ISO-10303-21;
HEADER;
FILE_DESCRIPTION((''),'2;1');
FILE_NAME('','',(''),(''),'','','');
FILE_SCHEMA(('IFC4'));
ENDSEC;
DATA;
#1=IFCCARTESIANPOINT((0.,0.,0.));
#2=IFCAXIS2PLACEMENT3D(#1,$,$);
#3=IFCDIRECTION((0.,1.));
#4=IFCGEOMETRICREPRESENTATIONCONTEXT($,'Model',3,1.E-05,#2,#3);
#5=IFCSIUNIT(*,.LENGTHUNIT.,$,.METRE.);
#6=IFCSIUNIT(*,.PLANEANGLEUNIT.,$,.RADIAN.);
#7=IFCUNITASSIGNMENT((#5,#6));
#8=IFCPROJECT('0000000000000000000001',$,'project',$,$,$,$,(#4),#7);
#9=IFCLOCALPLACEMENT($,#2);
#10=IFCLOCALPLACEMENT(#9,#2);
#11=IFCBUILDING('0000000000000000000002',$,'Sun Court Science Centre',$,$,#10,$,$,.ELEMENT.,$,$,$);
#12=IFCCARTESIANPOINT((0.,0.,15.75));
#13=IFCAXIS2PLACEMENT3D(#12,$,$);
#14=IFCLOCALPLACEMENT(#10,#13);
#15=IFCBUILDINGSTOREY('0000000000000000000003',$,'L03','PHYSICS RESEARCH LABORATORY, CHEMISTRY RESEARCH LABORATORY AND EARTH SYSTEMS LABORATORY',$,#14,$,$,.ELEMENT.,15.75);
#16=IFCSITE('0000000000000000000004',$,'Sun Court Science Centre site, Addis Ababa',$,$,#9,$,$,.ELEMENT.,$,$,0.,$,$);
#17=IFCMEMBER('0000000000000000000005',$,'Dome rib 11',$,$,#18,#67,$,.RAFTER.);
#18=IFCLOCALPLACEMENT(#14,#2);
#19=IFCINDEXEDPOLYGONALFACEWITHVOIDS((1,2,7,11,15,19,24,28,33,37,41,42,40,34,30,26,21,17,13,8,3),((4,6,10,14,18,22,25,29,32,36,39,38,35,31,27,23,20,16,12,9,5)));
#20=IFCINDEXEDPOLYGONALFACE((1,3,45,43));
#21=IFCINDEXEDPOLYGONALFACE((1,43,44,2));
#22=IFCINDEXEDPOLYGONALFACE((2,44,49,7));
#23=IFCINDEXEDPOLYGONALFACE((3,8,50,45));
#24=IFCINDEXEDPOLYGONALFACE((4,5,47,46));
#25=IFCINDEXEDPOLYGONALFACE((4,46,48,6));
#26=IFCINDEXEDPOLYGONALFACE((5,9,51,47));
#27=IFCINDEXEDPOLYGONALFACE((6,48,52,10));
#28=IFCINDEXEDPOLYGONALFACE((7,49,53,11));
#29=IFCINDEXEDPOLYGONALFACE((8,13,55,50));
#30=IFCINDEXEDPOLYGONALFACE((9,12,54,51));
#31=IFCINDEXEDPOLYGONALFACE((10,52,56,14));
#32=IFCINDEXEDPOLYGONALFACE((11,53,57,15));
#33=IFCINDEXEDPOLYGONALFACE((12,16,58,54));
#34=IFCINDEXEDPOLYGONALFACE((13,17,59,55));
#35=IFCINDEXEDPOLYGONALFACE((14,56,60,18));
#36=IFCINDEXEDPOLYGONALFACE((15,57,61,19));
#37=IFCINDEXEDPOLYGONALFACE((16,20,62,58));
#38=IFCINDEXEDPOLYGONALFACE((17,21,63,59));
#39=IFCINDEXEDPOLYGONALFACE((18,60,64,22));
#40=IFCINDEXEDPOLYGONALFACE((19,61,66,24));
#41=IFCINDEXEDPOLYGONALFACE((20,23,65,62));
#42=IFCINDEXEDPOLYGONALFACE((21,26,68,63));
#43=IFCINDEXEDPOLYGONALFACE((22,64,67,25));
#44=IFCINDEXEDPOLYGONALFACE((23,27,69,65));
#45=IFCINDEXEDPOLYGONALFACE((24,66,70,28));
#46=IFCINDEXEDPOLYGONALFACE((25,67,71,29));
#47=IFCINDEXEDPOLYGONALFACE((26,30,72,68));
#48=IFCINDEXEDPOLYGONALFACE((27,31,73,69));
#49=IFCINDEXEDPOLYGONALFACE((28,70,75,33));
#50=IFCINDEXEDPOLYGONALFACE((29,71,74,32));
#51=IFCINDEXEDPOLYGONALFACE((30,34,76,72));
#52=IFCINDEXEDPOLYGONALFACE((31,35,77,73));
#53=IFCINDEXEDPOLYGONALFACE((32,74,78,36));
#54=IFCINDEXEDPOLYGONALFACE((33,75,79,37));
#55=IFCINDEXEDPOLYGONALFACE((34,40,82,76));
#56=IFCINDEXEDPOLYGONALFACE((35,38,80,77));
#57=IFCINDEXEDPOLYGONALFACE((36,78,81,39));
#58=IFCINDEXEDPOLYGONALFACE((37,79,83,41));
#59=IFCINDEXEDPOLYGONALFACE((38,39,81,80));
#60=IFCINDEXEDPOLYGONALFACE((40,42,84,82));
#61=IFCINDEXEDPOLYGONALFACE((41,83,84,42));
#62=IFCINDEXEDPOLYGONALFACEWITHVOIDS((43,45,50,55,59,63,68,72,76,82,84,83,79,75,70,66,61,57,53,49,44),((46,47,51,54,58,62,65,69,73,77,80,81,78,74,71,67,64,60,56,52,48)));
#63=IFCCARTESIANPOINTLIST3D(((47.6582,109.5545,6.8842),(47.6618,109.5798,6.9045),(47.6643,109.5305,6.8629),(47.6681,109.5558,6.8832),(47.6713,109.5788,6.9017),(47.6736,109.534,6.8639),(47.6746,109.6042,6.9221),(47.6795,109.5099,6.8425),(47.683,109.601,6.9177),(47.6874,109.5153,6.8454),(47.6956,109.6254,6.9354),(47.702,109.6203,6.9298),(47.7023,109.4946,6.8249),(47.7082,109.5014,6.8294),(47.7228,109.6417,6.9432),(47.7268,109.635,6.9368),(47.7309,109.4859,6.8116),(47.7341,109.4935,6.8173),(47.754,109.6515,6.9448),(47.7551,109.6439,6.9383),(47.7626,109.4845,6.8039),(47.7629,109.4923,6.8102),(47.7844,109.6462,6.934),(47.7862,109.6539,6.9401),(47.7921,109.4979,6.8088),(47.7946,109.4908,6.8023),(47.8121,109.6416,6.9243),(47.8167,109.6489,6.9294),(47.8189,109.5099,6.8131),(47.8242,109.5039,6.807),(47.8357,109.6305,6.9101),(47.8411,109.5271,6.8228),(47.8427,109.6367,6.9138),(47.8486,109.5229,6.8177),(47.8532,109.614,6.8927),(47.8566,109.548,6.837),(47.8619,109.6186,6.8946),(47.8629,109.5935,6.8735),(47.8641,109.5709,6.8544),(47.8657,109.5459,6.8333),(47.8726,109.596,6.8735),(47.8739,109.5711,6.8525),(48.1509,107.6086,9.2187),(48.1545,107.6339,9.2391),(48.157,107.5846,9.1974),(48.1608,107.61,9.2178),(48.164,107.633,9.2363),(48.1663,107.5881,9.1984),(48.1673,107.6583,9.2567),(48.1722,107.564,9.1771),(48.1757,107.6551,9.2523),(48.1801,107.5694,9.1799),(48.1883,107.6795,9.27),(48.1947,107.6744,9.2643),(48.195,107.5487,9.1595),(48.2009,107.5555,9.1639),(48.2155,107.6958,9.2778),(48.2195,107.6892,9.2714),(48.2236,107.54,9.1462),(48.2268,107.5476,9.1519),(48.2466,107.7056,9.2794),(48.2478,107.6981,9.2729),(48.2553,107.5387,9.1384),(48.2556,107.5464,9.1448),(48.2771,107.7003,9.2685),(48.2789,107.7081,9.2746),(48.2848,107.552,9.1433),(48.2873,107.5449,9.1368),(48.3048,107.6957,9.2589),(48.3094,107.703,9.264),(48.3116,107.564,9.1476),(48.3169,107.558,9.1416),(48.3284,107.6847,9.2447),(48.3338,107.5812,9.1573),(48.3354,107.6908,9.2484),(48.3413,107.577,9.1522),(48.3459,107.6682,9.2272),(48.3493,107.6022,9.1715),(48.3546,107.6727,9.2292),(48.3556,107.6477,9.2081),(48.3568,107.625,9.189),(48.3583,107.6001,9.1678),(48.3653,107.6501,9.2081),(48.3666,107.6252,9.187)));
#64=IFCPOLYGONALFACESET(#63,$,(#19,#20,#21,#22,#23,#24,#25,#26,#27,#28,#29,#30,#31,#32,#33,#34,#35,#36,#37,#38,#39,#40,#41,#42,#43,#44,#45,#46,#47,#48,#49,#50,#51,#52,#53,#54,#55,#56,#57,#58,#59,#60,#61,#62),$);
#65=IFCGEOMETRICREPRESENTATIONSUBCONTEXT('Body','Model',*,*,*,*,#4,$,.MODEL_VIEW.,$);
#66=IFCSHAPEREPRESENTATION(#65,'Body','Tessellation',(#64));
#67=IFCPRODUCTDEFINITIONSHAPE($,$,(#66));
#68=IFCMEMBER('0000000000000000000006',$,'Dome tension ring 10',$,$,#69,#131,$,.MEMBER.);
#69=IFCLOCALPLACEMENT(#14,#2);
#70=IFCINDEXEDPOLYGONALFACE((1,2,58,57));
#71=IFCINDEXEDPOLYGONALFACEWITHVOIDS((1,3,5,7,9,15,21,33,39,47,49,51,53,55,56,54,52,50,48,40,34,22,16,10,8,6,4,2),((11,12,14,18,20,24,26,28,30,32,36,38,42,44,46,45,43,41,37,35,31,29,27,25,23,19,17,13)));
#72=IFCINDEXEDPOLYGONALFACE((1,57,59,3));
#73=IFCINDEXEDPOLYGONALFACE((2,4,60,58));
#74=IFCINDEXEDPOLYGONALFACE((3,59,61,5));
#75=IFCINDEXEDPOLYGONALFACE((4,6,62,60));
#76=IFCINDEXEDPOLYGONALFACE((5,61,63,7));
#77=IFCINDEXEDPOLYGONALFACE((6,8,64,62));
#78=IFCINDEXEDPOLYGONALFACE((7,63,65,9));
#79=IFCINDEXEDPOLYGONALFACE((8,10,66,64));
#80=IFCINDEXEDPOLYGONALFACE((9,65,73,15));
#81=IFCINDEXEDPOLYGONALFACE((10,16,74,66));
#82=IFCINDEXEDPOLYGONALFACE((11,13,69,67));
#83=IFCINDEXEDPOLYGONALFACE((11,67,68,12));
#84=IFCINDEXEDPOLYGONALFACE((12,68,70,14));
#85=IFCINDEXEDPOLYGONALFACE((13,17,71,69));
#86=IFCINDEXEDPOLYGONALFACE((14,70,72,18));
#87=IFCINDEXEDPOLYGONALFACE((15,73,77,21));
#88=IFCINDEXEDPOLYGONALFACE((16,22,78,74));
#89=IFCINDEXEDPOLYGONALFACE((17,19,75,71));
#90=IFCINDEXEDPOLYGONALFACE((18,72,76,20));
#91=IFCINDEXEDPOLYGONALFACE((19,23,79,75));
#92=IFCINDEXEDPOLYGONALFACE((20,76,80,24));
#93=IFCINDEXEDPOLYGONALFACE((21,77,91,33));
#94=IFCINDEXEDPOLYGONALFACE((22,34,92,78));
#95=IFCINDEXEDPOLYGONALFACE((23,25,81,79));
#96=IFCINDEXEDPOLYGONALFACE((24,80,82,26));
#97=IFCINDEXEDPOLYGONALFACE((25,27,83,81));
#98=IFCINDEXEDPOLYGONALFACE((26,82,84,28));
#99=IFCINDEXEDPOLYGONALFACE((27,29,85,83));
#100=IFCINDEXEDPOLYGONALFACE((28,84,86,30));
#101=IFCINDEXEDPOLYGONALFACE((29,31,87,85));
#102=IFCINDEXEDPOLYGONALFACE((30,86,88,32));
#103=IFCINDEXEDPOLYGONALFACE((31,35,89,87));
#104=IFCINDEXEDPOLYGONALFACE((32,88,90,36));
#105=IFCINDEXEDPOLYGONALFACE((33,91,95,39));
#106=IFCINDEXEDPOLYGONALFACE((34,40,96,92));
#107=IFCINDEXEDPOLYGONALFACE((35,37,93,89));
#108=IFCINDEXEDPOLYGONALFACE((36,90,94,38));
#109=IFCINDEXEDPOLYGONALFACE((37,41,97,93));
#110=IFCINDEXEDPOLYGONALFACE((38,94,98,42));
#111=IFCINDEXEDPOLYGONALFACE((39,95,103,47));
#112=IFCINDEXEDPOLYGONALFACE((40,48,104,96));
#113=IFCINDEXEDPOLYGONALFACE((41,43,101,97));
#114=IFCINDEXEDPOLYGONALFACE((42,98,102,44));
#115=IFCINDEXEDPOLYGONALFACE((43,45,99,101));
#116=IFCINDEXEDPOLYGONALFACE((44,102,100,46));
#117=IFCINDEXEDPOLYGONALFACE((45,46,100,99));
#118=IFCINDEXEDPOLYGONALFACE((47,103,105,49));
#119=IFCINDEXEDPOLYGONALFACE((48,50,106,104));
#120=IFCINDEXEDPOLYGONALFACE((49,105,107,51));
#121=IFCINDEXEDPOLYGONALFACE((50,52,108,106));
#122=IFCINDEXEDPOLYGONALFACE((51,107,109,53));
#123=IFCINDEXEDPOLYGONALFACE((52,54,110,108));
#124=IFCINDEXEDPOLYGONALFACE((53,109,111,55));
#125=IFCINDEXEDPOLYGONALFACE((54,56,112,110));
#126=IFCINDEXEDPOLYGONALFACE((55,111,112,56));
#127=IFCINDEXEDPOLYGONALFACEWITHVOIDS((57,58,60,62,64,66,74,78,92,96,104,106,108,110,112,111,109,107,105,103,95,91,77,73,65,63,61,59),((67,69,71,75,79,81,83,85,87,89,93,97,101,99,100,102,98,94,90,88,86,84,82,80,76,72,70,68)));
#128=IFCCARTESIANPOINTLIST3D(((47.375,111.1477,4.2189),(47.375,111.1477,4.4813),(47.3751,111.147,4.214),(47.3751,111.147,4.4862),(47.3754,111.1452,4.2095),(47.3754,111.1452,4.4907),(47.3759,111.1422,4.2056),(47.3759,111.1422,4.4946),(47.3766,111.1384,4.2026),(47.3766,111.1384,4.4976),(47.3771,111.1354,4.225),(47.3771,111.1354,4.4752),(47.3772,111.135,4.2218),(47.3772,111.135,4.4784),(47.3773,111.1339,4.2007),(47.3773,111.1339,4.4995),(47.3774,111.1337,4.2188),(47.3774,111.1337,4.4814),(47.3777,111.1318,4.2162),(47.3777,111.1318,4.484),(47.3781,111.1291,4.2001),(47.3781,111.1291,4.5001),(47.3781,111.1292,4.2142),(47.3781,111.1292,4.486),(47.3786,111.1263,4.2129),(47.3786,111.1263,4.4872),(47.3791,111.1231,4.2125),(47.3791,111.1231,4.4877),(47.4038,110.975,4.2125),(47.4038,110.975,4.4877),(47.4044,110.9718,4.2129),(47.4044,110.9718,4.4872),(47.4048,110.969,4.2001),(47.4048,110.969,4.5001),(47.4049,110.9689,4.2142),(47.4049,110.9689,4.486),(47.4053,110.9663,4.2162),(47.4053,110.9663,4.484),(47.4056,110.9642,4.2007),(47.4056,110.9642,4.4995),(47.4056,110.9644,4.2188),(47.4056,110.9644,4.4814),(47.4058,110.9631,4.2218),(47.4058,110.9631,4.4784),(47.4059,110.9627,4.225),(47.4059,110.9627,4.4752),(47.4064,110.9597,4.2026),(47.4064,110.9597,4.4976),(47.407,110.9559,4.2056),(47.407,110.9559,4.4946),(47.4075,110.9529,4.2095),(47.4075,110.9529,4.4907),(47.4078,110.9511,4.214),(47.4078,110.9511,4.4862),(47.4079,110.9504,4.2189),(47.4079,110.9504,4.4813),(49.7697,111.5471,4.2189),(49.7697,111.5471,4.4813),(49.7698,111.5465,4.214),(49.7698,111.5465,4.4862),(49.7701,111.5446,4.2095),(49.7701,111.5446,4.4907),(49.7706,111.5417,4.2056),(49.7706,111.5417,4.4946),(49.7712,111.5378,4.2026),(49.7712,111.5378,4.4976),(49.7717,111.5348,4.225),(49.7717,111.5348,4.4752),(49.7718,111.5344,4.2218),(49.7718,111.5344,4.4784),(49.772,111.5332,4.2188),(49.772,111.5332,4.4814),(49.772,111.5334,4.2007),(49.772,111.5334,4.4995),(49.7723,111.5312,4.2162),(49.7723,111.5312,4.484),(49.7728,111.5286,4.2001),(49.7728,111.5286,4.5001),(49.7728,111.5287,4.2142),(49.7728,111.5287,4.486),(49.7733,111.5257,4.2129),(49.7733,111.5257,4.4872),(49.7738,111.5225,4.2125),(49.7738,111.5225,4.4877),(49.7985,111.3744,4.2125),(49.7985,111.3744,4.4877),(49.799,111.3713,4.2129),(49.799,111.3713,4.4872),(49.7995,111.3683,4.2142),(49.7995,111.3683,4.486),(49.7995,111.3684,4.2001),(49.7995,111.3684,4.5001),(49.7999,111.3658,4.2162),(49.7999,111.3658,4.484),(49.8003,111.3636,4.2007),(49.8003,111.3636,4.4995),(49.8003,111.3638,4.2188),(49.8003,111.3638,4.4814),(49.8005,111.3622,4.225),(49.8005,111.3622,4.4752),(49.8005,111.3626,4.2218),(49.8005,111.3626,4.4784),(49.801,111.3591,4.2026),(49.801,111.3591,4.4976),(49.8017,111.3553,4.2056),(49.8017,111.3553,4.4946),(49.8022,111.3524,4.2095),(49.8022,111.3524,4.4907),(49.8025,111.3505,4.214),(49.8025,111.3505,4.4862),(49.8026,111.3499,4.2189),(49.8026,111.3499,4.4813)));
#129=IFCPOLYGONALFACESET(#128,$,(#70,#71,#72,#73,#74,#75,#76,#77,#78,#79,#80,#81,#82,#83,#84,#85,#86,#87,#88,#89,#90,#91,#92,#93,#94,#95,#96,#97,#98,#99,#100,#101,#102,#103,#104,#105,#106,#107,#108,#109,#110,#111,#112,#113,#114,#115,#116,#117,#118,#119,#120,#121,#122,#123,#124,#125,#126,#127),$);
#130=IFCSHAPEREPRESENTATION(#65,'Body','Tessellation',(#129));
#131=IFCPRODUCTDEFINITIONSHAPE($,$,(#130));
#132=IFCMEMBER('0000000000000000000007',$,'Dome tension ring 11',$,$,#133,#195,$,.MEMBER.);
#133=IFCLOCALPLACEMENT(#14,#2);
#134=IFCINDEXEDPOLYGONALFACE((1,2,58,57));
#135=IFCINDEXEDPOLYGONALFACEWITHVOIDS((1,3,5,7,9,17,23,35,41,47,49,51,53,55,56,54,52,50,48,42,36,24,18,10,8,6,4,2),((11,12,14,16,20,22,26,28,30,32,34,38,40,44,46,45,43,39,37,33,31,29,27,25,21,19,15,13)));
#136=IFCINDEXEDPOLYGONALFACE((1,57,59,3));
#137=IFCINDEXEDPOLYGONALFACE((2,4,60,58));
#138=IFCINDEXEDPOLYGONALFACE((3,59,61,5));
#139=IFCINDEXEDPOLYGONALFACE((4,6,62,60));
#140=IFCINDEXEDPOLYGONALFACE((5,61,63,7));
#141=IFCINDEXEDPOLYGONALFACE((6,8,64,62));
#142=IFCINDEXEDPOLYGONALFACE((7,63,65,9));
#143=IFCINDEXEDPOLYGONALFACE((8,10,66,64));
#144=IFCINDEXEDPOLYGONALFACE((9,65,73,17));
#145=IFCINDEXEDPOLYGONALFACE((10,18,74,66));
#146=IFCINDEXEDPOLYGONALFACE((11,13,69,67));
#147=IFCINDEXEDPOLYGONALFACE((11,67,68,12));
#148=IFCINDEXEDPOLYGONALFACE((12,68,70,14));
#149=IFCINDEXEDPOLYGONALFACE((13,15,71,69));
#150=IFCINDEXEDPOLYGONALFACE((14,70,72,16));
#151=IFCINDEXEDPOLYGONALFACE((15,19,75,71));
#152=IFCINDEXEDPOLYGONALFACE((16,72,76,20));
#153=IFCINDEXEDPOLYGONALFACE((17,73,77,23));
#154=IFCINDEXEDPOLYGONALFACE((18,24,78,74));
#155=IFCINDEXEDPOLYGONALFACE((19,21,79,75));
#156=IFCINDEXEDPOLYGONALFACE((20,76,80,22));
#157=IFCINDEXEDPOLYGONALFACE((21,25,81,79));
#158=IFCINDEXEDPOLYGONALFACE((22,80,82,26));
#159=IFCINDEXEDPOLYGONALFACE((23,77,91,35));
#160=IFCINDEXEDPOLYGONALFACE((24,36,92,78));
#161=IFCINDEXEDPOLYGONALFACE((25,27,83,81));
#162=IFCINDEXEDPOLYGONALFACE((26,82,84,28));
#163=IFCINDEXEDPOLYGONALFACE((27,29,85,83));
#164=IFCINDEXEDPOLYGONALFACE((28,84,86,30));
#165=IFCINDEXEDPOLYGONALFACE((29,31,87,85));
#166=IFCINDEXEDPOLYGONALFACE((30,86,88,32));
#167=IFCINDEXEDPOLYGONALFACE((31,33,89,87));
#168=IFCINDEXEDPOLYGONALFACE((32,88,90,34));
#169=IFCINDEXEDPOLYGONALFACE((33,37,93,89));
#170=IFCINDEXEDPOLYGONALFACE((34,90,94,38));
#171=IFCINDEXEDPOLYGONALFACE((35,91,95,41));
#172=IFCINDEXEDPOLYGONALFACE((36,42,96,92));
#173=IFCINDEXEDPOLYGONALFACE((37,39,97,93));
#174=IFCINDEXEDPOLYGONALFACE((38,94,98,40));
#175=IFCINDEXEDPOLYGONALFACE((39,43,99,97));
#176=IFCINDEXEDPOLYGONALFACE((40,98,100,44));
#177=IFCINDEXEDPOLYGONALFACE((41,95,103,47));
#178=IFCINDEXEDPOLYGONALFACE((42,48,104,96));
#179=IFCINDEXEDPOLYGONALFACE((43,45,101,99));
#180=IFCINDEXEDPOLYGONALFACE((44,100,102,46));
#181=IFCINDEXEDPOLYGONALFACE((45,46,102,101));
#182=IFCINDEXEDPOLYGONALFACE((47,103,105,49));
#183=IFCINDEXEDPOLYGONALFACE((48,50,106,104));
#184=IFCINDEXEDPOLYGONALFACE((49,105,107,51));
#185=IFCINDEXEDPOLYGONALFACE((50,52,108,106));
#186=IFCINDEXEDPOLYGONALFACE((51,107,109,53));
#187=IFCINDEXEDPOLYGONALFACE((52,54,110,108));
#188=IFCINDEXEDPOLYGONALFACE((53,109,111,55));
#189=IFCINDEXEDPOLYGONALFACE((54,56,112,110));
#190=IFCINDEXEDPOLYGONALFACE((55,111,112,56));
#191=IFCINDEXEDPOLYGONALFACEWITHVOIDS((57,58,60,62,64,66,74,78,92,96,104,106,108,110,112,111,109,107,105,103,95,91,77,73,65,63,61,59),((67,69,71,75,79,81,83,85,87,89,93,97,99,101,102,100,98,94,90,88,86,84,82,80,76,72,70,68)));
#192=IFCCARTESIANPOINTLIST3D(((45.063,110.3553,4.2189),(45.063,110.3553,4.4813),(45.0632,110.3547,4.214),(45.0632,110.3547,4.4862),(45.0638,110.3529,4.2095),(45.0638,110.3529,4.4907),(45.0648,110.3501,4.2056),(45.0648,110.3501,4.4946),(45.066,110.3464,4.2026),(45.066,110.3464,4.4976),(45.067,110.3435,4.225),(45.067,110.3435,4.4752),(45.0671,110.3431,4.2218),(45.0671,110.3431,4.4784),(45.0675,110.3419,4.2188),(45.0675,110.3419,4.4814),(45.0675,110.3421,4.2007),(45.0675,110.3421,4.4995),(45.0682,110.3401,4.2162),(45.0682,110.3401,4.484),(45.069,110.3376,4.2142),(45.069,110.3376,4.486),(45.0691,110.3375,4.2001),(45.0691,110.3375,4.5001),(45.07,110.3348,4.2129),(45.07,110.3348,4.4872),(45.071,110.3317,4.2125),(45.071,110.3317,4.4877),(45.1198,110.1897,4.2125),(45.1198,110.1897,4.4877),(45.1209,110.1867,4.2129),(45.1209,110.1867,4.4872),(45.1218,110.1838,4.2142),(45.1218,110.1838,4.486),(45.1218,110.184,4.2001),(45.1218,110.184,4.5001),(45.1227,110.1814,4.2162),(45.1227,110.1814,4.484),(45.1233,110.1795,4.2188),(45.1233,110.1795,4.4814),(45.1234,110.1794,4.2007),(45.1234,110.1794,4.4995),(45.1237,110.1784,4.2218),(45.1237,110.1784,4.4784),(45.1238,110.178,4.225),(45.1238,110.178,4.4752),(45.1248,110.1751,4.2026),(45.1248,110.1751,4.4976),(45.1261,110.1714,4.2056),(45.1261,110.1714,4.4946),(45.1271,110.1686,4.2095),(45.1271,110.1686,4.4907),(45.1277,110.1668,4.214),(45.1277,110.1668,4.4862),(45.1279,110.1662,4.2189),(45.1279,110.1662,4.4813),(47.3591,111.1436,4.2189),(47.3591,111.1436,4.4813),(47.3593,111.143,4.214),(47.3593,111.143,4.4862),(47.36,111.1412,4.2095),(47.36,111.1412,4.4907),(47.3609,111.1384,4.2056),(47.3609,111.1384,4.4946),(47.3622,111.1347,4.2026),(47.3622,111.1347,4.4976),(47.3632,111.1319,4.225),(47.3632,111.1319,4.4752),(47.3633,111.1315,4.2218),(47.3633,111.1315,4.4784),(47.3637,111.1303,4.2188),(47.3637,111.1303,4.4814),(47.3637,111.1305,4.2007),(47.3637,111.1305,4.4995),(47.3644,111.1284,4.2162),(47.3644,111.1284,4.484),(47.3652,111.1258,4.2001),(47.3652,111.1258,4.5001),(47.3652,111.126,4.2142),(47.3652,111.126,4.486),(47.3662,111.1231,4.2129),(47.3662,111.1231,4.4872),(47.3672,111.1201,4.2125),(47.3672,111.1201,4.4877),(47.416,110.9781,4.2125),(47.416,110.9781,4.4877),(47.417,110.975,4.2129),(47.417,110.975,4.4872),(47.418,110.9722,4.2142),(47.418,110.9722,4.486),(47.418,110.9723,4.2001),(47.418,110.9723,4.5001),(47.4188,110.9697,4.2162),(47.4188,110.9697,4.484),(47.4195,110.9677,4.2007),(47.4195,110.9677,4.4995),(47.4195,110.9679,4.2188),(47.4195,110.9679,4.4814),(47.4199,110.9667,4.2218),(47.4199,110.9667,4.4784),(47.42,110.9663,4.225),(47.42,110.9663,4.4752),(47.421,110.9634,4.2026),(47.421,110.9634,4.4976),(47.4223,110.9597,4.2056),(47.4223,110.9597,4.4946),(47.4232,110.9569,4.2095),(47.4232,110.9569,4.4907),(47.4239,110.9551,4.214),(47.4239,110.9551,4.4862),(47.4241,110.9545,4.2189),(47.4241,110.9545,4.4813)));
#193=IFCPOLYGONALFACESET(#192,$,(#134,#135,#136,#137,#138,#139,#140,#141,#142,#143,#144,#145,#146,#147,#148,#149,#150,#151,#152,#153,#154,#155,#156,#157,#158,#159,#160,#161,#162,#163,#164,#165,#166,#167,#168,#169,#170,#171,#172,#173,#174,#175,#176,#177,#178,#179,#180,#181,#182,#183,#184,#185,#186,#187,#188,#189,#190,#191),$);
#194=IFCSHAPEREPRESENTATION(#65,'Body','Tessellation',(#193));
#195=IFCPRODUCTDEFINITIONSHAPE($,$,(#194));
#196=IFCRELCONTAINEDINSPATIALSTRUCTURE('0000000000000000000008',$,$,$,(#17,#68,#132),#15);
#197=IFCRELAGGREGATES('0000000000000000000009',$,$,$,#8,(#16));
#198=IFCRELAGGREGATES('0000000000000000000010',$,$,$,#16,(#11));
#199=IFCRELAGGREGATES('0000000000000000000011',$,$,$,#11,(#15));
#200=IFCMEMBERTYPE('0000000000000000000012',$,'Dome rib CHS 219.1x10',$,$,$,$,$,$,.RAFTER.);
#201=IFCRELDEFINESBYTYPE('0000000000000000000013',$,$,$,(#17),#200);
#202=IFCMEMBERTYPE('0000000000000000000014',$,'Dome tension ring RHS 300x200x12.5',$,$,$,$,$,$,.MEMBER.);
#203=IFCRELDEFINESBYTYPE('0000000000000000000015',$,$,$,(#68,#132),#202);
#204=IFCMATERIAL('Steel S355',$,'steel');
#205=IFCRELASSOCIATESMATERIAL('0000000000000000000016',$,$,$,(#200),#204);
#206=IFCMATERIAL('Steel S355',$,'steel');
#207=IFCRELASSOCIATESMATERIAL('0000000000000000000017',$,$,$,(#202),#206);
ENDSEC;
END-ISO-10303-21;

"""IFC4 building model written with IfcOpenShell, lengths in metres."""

from ifc_helpers import new_model, si_unit, direction, frame, origin, origin_2d, place, context, subcontext, project, spatial, hollow_rectangle, hollow_circle, extrude, material, material_profile, profile_set, type_object, element, save


model = new_model("IFC4")

# Units and contexts
model_context = context("Model", 3, precision=1e-05, world=origin(), true_north=direction((0.0, 1.0)))
body_context = subcontext(model_context, "Body", "Model", "MODEL_VIEW")
ifc_project = project(units=[si_unit("LENGTHUNIT", "METRE"), si_unit("PLANEANGLEUNIT", "RADIAN")], contexts=[model_context])

# Site, building, storey
site_placement = place(None, origin())
site = spatial("IfcSite", under=ifc_project, at=site_placement, Name="Sun Court Science Centre site, Addis Ababa", CompositionType="ELEMENT", RefElevation=0.0)
building_placement = place(site_placement, origin())
building = spatial("IfcBuilding", under=site, at=building_placement, Name="Sun Court Science Centre", CompositionType="ELEMENT")
storey_placement = place(building_placement, frame((0.0, 0.0, 15.75)))
storey = spatial("IfcBuildingStorey", under=building, at=storey_placement, Name="L03", Description="PHYSICS RESEARCH LABORATORY, CHEMISTRY RESEARCH LABORATORY AND EARTH SYSTEMS LABORATORY", CompositionType="ELEMENT", Elevation=15.75)

# Members
ifc_material_1 = material(Name="Steel S355", Category="steel")
ifc_material_profile_1 = material_profile(ifc_material_1, hollow_circle(Radius=0.1096, WallThickness=0.01, at=origin_2d()), Name="CHS 219.1x10")
ifc_profile_set_1 = profile_set([ifc_material_profile_1], Name="Steel S355")
member_type_1 = type_object("IfcMemberType", Name="Dome rib CHS 219.1x10", PredefinedType="RAFTER", material=ifc_profile_set_1)
member_placement = place(storey_placement, frame((47.7664, 109.5691, 6.8735), z_axis=(0.160025, -0.632012, 0.758256), x_axis=(0.969408, 0.245454, 0.0)))
element("IfcMember", 1, at=member_placement, inside=storey, type_object=member_type_1, Name="Dome rib 11", PredefinedType="RAFTER", context=body_context, shape_type="SweptSolid", body=[
    extrude(hollow_circle(Radius=0.1096, WallThickness=0.01, at=origin_2d()), origin(), (0.0, 0.0, 1.0), 3.0789),
])
ifc_material_2 = material(Name="Steel S355", Category="steel")
ifc_material_profile_2 = material_profile(ifc_material_2, hollow_rectangle(XDim=0.2, YDim=0.3, WallThickness=0.0125, InnerFilletRadius=0.0125, OuterFilletRadius=0.0188, at=origin_2d()), Name="RHS 300x200x12.5")
ifc_profile_set_2 = profile_set([ifc_material_profile_2], Name="Steel S355")
member_type_2 = type_object("IfcMemberType", Name="Dome tension ring RHS 300x200x12.5", PredefinedType="MEMBER", material=ifc_profile_set_2)
for number, where, z_axis, x_axis, name in (
    (2, (49.7861, 111.4485, 4.3501), (-0.986372, -0.164529, 0.0), (0.164529, -0.986372, 0.0), "Dome tension ring 10"),
    (3, (47.3916, 111.0491, 4.3501), (-0.945809, -0.324723, 0.0), (0.324723, -0.945809, 0.0), "Dome tension ring 11"),
):
    element("IfcMember", number, at=place(storey_placement, frame(where, z_axis=z_axis, x_axis=x_axis)), inside=storey, type_object=member_type_2, Name=name, PredefinedType="MEMBER", context=body_context, shape_type="SweptSolid", body=[
        extrude(hollow_rectangle(XDim=0.2, YDim=0.3, WallThickness=0.0125, InnerFilletRadius=0.0125, OuterFilletRadius=0.0188, at=origin_2d()), origin(), (0.0, 0.0, 1.0), 2.4277),
    ])

save(model, "model.ifc")
